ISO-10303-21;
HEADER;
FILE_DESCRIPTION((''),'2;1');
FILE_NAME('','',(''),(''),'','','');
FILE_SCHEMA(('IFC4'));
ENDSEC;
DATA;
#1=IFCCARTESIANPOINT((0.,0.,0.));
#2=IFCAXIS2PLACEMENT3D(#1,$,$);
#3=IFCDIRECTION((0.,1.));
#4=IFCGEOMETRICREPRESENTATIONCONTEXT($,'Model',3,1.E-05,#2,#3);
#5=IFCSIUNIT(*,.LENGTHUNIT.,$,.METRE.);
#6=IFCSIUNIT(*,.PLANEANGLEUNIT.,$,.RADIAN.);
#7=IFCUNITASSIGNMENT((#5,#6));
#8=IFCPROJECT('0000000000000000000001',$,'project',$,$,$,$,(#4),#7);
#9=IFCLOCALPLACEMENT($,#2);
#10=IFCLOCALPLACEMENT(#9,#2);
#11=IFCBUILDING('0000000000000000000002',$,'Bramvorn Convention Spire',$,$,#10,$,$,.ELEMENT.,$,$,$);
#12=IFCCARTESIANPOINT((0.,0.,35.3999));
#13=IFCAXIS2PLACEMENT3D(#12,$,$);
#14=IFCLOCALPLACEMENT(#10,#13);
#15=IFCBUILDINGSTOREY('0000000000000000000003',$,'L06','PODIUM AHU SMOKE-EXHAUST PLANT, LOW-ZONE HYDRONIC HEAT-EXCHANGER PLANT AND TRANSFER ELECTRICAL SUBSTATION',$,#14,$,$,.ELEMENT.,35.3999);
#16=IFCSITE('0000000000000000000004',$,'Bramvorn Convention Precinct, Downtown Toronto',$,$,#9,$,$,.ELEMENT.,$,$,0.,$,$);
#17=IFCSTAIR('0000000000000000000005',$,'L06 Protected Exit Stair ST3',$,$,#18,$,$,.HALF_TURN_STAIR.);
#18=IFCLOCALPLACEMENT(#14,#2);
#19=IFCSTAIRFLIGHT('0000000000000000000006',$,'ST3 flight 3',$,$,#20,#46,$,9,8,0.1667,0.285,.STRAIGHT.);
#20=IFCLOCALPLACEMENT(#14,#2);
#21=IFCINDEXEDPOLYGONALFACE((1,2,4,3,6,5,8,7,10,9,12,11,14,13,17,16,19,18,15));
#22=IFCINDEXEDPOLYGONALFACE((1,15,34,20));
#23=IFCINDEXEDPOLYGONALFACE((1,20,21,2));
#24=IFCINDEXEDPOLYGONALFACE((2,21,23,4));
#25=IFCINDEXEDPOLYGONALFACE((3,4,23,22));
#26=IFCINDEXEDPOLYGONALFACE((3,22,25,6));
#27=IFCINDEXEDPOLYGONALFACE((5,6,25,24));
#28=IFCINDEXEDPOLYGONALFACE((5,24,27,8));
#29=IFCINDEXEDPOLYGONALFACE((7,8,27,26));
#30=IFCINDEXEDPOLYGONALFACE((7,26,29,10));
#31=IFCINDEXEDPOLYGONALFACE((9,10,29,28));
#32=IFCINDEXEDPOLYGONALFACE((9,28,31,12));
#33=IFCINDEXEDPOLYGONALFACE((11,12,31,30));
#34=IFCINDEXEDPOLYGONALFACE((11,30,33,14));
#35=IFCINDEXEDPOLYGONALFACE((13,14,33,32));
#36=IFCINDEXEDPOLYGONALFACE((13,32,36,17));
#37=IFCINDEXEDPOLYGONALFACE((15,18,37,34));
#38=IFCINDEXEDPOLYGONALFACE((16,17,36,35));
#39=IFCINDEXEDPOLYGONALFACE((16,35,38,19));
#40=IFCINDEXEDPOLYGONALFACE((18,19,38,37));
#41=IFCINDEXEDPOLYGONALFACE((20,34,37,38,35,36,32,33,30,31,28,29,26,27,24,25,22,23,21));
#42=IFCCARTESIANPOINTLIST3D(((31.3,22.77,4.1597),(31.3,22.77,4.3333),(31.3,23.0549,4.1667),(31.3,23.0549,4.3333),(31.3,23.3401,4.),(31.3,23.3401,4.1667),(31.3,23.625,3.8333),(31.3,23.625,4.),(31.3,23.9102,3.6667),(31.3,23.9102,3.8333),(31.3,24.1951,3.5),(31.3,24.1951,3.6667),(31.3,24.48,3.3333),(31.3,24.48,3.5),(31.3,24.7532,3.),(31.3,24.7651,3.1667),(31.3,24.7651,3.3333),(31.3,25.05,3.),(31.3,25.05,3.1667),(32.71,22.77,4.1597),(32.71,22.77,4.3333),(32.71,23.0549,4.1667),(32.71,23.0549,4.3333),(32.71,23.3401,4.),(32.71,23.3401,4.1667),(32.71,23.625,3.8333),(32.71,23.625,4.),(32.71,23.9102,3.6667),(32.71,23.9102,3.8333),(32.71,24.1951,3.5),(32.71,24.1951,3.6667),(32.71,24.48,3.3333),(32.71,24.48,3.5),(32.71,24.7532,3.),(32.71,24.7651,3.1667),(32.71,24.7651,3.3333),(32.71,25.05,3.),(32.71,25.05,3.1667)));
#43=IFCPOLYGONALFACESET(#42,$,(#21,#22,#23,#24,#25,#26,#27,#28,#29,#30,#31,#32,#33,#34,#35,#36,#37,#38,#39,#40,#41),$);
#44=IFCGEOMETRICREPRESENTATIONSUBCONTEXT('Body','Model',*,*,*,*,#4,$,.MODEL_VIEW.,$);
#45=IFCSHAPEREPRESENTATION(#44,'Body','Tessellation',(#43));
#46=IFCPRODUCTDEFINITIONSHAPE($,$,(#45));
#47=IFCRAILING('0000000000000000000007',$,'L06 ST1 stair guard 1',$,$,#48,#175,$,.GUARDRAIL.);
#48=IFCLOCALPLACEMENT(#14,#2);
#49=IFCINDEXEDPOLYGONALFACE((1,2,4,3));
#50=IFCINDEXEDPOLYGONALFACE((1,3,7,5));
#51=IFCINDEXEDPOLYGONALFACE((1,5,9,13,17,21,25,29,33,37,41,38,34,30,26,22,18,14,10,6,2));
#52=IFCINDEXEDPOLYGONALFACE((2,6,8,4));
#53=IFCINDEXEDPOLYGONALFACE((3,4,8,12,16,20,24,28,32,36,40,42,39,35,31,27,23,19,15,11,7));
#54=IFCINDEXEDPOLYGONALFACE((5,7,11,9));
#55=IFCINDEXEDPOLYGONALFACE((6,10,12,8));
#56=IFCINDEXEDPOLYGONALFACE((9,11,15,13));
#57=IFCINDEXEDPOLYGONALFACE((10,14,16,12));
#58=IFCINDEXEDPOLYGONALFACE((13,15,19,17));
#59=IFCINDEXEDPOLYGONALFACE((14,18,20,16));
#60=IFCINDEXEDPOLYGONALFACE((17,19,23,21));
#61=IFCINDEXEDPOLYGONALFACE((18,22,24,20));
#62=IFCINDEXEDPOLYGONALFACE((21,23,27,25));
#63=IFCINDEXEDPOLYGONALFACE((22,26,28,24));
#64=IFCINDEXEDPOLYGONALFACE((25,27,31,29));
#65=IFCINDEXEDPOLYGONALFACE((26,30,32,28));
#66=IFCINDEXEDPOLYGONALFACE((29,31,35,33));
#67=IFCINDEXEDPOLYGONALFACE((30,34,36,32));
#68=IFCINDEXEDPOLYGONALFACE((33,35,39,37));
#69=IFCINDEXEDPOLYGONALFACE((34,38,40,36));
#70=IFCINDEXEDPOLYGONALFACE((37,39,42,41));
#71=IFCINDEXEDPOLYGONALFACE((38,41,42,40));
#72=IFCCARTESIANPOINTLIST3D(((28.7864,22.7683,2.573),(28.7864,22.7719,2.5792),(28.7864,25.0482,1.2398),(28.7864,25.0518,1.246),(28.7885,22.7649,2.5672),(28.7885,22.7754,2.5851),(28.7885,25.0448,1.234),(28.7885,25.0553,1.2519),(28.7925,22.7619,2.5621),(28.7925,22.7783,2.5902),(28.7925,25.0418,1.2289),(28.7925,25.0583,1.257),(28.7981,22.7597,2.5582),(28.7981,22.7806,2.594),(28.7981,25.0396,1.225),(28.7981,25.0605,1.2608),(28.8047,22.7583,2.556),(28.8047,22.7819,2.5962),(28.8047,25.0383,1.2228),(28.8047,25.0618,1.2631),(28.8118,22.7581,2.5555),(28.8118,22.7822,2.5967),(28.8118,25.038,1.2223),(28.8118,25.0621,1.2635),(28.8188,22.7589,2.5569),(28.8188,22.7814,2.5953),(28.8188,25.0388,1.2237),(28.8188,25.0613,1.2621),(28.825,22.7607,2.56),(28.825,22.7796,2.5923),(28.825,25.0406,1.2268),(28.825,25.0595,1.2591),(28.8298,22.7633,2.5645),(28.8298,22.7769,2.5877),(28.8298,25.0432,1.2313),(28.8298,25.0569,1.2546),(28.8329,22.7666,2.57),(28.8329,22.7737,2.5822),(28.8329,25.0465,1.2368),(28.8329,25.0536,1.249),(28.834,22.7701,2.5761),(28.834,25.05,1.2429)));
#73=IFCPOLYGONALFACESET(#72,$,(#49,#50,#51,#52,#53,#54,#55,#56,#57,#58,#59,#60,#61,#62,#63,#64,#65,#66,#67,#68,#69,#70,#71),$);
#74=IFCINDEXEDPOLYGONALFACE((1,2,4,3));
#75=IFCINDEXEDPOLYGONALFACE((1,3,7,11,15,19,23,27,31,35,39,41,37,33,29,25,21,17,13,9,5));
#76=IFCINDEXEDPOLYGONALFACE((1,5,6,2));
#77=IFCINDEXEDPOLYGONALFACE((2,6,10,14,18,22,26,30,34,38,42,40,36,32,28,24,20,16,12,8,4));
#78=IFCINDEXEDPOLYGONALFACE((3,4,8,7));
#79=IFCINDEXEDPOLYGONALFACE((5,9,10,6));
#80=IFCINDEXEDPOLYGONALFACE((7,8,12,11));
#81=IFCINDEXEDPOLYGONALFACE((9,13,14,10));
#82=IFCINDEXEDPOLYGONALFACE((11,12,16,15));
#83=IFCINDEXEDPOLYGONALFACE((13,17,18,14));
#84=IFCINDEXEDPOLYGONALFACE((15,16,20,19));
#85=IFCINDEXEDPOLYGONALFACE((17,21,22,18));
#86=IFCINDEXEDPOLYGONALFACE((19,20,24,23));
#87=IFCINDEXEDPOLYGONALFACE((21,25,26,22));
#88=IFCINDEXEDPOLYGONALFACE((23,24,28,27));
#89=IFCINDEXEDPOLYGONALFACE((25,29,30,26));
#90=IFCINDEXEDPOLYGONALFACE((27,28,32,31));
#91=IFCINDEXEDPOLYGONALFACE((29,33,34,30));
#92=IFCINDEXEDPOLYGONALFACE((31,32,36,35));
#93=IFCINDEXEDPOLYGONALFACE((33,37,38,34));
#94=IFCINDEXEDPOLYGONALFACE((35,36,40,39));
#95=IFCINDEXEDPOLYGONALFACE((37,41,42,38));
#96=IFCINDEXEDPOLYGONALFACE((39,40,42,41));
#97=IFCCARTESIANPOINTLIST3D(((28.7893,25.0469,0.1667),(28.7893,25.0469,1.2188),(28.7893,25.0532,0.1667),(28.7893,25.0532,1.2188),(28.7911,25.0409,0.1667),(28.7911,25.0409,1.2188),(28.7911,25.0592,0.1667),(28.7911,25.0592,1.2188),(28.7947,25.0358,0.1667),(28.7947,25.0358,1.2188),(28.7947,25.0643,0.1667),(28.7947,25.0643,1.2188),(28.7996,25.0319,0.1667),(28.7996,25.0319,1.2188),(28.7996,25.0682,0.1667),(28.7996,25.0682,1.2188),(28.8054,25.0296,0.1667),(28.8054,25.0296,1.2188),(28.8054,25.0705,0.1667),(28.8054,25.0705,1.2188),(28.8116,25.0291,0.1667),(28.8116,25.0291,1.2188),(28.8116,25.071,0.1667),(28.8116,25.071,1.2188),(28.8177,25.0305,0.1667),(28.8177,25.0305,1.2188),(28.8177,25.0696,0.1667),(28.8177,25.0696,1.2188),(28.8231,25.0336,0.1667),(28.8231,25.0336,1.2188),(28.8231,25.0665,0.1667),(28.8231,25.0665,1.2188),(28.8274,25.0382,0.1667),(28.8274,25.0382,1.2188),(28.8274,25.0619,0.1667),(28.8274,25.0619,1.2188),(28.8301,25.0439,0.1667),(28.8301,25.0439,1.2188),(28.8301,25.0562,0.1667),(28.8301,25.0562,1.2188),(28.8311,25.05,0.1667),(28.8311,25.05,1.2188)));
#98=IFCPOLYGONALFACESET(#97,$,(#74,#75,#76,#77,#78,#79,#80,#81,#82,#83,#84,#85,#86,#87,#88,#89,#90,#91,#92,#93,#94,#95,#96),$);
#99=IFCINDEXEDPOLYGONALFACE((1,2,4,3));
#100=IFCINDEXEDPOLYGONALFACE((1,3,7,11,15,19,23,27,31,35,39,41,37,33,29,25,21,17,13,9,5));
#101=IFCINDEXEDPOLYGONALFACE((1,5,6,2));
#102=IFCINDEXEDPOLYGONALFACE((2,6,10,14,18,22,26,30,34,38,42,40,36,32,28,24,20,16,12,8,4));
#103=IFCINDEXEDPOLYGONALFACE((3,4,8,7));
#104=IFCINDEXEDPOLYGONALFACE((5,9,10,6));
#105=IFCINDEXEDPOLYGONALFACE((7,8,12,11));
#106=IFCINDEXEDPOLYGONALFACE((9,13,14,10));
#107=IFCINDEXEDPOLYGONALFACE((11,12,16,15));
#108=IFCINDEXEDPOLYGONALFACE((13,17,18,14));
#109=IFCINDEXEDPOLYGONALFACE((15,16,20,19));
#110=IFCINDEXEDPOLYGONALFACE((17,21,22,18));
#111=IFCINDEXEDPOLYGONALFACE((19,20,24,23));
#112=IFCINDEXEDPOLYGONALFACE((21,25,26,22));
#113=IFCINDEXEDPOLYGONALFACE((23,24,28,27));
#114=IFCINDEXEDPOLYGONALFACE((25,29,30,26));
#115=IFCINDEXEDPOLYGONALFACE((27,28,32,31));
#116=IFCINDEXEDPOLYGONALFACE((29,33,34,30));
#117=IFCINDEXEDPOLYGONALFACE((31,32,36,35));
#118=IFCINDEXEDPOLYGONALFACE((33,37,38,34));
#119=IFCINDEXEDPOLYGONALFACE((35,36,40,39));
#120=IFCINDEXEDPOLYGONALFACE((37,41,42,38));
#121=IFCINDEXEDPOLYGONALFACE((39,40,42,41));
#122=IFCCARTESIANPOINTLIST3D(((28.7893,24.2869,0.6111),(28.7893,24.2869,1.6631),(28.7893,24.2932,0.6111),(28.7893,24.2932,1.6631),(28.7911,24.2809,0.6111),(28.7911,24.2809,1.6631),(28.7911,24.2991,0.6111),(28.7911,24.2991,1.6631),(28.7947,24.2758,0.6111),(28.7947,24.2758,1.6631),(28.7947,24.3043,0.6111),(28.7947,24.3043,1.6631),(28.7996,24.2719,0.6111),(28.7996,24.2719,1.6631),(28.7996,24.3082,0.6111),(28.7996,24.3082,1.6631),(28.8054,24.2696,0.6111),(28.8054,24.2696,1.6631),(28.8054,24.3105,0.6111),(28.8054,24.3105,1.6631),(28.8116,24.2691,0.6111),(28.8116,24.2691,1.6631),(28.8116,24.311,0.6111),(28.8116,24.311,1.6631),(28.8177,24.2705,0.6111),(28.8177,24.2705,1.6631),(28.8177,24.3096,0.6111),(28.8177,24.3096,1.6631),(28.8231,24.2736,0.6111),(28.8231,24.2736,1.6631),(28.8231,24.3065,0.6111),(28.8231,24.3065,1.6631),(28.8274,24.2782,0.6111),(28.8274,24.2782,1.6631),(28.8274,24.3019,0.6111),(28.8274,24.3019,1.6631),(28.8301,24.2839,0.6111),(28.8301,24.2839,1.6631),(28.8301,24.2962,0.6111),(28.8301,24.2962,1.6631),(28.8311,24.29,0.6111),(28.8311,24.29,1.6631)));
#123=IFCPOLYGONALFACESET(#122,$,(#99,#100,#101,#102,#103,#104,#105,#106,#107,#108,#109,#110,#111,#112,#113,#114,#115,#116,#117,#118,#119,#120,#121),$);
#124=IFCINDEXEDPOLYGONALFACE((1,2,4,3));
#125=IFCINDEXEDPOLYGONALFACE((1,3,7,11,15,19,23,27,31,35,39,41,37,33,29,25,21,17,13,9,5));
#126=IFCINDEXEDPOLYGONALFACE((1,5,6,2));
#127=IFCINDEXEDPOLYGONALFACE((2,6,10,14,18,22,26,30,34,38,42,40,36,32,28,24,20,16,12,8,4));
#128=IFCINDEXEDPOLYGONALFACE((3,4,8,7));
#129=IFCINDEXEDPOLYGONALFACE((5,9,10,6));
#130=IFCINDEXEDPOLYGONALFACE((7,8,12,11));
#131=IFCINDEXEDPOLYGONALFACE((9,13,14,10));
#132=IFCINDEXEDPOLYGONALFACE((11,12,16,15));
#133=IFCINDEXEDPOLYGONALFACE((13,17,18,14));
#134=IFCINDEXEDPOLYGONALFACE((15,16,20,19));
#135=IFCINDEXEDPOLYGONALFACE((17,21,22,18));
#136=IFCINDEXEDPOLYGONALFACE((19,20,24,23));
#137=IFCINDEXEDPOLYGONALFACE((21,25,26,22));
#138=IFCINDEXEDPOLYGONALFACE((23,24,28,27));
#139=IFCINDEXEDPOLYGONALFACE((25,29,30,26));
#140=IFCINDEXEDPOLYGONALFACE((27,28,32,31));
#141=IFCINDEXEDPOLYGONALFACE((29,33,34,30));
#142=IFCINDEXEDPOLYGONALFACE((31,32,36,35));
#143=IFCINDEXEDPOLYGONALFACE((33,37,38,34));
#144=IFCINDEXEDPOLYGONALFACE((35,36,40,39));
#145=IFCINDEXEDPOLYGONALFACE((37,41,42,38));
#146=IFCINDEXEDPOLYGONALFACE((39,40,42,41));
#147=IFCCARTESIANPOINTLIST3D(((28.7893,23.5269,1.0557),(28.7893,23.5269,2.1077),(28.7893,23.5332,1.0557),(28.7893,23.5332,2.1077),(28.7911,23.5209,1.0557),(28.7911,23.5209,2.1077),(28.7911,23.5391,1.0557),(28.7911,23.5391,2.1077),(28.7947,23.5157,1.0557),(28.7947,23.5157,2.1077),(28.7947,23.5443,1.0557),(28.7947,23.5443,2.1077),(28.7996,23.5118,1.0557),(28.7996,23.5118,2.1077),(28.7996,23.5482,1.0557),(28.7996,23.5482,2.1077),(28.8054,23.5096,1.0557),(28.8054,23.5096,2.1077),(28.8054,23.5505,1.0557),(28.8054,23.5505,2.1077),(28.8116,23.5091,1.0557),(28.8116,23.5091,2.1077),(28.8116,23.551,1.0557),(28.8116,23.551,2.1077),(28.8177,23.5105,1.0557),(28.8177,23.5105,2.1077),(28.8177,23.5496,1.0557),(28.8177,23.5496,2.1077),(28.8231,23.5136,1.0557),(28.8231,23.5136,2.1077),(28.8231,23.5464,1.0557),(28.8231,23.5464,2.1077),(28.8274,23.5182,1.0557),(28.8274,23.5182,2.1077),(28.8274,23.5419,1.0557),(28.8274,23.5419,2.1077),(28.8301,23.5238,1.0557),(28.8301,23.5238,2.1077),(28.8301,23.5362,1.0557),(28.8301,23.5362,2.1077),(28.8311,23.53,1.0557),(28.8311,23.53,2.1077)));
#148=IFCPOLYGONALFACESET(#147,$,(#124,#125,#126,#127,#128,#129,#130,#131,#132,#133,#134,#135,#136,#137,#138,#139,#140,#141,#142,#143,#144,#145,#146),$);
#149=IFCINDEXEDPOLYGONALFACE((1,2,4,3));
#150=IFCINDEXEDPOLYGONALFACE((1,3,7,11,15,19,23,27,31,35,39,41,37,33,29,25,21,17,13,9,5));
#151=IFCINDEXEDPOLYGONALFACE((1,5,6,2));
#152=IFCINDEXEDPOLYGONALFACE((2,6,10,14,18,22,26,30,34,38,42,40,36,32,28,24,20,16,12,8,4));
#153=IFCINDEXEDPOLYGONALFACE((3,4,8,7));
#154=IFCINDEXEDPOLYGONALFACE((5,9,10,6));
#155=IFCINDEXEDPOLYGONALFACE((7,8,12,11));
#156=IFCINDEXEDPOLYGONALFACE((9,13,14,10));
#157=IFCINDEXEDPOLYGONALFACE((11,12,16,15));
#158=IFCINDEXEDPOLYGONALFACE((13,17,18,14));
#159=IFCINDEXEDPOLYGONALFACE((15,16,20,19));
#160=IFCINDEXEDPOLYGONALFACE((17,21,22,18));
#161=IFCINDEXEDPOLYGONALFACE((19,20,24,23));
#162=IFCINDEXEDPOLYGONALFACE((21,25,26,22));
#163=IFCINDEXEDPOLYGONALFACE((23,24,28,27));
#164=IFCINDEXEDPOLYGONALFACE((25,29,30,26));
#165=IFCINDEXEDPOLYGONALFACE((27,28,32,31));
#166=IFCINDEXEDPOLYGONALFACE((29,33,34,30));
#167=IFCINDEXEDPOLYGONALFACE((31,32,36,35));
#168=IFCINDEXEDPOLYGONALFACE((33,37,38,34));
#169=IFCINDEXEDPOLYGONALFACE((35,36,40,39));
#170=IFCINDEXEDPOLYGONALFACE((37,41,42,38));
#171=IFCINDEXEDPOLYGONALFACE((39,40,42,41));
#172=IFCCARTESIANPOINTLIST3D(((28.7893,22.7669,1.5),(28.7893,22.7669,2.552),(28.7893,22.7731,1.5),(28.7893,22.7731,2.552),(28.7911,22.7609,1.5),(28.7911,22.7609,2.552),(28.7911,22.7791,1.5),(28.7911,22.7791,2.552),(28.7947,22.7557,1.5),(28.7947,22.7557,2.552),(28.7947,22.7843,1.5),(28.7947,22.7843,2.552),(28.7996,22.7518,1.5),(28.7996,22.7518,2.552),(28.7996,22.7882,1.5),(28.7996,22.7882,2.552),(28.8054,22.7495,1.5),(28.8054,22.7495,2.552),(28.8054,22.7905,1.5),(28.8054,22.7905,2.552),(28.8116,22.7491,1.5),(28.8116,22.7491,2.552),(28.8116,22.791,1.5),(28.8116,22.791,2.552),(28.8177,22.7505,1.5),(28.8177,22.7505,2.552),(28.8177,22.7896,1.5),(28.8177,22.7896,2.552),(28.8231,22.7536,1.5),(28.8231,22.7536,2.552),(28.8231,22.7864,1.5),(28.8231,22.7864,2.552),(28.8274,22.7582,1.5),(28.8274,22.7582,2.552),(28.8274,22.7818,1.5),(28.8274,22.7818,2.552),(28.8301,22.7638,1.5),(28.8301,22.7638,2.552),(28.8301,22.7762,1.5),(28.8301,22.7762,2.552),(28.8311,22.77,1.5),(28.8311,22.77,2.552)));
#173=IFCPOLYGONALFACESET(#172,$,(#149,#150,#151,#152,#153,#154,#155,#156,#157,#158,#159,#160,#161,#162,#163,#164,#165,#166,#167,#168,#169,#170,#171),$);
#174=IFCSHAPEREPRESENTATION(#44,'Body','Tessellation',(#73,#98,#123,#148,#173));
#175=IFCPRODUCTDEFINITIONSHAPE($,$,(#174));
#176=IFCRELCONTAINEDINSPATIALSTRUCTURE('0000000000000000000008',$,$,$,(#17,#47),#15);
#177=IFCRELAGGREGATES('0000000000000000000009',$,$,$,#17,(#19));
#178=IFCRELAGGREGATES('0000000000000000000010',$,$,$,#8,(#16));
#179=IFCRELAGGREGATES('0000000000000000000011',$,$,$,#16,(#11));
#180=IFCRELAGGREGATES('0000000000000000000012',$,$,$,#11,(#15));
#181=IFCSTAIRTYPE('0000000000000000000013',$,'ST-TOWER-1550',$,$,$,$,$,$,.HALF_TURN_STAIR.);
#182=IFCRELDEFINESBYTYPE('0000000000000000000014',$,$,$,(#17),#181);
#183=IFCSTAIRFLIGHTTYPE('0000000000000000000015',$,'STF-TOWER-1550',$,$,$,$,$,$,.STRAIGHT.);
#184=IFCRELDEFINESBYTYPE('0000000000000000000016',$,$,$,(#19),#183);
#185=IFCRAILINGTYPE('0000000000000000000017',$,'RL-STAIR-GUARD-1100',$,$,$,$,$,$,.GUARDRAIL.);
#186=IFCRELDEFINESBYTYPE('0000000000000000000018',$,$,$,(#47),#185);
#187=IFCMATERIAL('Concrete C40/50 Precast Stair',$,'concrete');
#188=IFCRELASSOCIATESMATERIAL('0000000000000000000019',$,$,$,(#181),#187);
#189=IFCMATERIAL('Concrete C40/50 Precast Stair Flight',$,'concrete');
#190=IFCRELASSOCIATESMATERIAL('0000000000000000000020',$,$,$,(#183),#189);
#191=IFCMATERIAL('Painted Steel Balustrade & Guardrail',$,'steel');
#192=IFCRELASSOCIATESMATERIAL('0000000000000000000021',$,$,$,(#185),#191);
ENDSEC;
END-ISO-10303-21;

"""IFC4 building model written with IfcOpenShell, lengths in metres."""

from ifc_helpers import new_model, si_unit, direction, frame, origin, origin_2d, place, context, subcontext, project, spatial, polyline, circle, outline, extrude, material, type_object, element, aggregate, save


model = new_model("IFC4")

# Units and contexts
model_context = context("Model", 3, precision=1e-05, world=origin(), true_north=direction((0.0, 1.0)))
body_context = subcontext(model_context, "Body", "Model", "MODEL_VIEW")
ifc_project = project(units=[si_unit("LENGTHUNIT", "METRE"), si_unit("PLANEANGLEUNIT", "RADIAN")], contexts=[model_context])

# Site, building, storey
site_placement = place(None, origin())
site = spatial("IfcSite", under=ifc_project, at=site_placement, Name="Bramvorn Convention Precinct, Downtown Toronto", CompositionType="ELEMENT", RefElevation=0.0)
building_placement = place(site_placement, origin())
building = spatial("IfcBuilding", under=site, at=building_placement, Name="Bramvorn Convention Spire", CompositionType="ELEMENT")
storey_placement = place(building_placement, frame((0.0, 0.0, 35.3999)))
storey = spatial("IfcBuildingStorey", under=building, at=storey_placement, Name="L06", Description="PODIUM AHU SMOKE-EXHAUST PLANT, LOW-ZONE HYDRONIC HEAT-EXCHANGER PLANT AND TRANSFER ELECTRICAL SUBSTATION", CompositionType="ELEMENT", Elevation=35.3999)

# Stair, stair flight
ifc_material_1 = material(Name="Concrete C40/50 Precast Stair", Category="concrete")
stair_type = type_object("IfcStairType", Name="ST-TOWER-1550", PredefinedType="HALF_TURN_STAIR", material=ifc_material_1)
ifc_material_2 = material(Name="Concrete C40/50 Precast Stair Flight", Category="concrete")
stair_flight_type = type_object("IfcStairFlightType", Name="STF-TOWER-1550", PredefinedType="STRAIGHT", material=ifc_material_2)
stair_1_placement = place(storey_placement, origin())
stair_1 = element("IfcStair", 1, at=stair_1_placement, inside=storey, type_object=stair_type, Name="L06 Protected Exit Stair ST3", PredefinedType="HALF_TURN_STAIR")
stair_flight_1_placement = place(storey_placement, frame((32.0049, 25.05, 3.0), z_axis=(0.0, 0.0, 1.0), x_axis=(0.0, -1.0, 0.0)))
stair_flight_1 = element("IfcStairFlight", 2, at=stair_flight_1_placement, type_object=stair_flight_type, Name="ST3 flight 3", NumberOfRisers=9, NumberOfTreads=8, PredefinedType="STRAIGHT", RiserHeight=0.1667, TreadLength=0.285, context=body_context, shape_type="SweptSolid", body=[
    extrude(outline(polyline([(0.0, 0.0), (0.0, 0.1667), (0.2849, 0.1667), (0.2849, 0.3333), (0.5701, 0.3333), (0.5701, 0.5), (0.855, 0.5), (0.855, 0.6667), (1.1399, 0.6667), (1.1399, 0.8333), (1.425, 0.8333), (1.425, 1.0), (1.71, 1.0), (1.71, 1.1667), (1.9951, 1.1667), (1.9951, 1.3333), (2.28, 1.3333), (2.28, 1.5), (2.28, 1.1597), (0.2969, 0.0), (0.0, 0.0)])), frame((0.0, 0.7051, 0.0), z_axis=(0.0, -1.0, 0.0), x_axis=(1.0, 0.0, 0.0)), (0.0, 0.0, 1.0), 1.4099),
])
aggregate(stair_1, [stair_flight_1])

# Railing
ifc_material_3 = material(Name="Painted Steel Balustrade & Guardrail", Category="steel")
railing_type_1 = type_object("IfcRailingType", Name="RL-STAIR-GUARD-1100", PredefinedType="GUARDRAIL", material=ifc_material_3)
railing_1_placement = place(storey_placement, frame((28.8101, 25.05, 0.1667)))
element("IfcRailing", 3, at=railing_1_placement, inside=storey, type_object=railing_type_1, Name="L06 ST1 stair guard 1", PredefinedType="GUARDRAIL", context=body_context, shape_type="SweptSolid", body=[
    extrude(circle(Radius=0.0239, at=origin_2d()), frame((0.0, 0.0, 1.0762), z_axis=(0.0, -0.863245, 0.504785), x_axis=(1.0, 0.0, 0.0)), (0.0, 0.0, 1.0), 2.6411),
    extrude(circle(Radius=0.021, at=origin_2d()), origin(), (0.0, 0.0, 1.0), 1.052),
    extrude(circle(Radius=0.021, at=origin_2d()), frame((0.0, -0.76, 0.4443)), (0.0, 0.0, 1.0), 1.052),
    extrude(circle(Radius=0.021, at=origin_2d()), frame((0.0, -1.52, 0.8889)), (0.0, 0.0, 1.0), 1.052),
    extrude(circle(Radius=0.021, at=origin_2d()), frame((0.0, -2.28, 1.3333)), (0.0, 0.0, 1.0), 1.052),
])

save(model, "model.ifc")
